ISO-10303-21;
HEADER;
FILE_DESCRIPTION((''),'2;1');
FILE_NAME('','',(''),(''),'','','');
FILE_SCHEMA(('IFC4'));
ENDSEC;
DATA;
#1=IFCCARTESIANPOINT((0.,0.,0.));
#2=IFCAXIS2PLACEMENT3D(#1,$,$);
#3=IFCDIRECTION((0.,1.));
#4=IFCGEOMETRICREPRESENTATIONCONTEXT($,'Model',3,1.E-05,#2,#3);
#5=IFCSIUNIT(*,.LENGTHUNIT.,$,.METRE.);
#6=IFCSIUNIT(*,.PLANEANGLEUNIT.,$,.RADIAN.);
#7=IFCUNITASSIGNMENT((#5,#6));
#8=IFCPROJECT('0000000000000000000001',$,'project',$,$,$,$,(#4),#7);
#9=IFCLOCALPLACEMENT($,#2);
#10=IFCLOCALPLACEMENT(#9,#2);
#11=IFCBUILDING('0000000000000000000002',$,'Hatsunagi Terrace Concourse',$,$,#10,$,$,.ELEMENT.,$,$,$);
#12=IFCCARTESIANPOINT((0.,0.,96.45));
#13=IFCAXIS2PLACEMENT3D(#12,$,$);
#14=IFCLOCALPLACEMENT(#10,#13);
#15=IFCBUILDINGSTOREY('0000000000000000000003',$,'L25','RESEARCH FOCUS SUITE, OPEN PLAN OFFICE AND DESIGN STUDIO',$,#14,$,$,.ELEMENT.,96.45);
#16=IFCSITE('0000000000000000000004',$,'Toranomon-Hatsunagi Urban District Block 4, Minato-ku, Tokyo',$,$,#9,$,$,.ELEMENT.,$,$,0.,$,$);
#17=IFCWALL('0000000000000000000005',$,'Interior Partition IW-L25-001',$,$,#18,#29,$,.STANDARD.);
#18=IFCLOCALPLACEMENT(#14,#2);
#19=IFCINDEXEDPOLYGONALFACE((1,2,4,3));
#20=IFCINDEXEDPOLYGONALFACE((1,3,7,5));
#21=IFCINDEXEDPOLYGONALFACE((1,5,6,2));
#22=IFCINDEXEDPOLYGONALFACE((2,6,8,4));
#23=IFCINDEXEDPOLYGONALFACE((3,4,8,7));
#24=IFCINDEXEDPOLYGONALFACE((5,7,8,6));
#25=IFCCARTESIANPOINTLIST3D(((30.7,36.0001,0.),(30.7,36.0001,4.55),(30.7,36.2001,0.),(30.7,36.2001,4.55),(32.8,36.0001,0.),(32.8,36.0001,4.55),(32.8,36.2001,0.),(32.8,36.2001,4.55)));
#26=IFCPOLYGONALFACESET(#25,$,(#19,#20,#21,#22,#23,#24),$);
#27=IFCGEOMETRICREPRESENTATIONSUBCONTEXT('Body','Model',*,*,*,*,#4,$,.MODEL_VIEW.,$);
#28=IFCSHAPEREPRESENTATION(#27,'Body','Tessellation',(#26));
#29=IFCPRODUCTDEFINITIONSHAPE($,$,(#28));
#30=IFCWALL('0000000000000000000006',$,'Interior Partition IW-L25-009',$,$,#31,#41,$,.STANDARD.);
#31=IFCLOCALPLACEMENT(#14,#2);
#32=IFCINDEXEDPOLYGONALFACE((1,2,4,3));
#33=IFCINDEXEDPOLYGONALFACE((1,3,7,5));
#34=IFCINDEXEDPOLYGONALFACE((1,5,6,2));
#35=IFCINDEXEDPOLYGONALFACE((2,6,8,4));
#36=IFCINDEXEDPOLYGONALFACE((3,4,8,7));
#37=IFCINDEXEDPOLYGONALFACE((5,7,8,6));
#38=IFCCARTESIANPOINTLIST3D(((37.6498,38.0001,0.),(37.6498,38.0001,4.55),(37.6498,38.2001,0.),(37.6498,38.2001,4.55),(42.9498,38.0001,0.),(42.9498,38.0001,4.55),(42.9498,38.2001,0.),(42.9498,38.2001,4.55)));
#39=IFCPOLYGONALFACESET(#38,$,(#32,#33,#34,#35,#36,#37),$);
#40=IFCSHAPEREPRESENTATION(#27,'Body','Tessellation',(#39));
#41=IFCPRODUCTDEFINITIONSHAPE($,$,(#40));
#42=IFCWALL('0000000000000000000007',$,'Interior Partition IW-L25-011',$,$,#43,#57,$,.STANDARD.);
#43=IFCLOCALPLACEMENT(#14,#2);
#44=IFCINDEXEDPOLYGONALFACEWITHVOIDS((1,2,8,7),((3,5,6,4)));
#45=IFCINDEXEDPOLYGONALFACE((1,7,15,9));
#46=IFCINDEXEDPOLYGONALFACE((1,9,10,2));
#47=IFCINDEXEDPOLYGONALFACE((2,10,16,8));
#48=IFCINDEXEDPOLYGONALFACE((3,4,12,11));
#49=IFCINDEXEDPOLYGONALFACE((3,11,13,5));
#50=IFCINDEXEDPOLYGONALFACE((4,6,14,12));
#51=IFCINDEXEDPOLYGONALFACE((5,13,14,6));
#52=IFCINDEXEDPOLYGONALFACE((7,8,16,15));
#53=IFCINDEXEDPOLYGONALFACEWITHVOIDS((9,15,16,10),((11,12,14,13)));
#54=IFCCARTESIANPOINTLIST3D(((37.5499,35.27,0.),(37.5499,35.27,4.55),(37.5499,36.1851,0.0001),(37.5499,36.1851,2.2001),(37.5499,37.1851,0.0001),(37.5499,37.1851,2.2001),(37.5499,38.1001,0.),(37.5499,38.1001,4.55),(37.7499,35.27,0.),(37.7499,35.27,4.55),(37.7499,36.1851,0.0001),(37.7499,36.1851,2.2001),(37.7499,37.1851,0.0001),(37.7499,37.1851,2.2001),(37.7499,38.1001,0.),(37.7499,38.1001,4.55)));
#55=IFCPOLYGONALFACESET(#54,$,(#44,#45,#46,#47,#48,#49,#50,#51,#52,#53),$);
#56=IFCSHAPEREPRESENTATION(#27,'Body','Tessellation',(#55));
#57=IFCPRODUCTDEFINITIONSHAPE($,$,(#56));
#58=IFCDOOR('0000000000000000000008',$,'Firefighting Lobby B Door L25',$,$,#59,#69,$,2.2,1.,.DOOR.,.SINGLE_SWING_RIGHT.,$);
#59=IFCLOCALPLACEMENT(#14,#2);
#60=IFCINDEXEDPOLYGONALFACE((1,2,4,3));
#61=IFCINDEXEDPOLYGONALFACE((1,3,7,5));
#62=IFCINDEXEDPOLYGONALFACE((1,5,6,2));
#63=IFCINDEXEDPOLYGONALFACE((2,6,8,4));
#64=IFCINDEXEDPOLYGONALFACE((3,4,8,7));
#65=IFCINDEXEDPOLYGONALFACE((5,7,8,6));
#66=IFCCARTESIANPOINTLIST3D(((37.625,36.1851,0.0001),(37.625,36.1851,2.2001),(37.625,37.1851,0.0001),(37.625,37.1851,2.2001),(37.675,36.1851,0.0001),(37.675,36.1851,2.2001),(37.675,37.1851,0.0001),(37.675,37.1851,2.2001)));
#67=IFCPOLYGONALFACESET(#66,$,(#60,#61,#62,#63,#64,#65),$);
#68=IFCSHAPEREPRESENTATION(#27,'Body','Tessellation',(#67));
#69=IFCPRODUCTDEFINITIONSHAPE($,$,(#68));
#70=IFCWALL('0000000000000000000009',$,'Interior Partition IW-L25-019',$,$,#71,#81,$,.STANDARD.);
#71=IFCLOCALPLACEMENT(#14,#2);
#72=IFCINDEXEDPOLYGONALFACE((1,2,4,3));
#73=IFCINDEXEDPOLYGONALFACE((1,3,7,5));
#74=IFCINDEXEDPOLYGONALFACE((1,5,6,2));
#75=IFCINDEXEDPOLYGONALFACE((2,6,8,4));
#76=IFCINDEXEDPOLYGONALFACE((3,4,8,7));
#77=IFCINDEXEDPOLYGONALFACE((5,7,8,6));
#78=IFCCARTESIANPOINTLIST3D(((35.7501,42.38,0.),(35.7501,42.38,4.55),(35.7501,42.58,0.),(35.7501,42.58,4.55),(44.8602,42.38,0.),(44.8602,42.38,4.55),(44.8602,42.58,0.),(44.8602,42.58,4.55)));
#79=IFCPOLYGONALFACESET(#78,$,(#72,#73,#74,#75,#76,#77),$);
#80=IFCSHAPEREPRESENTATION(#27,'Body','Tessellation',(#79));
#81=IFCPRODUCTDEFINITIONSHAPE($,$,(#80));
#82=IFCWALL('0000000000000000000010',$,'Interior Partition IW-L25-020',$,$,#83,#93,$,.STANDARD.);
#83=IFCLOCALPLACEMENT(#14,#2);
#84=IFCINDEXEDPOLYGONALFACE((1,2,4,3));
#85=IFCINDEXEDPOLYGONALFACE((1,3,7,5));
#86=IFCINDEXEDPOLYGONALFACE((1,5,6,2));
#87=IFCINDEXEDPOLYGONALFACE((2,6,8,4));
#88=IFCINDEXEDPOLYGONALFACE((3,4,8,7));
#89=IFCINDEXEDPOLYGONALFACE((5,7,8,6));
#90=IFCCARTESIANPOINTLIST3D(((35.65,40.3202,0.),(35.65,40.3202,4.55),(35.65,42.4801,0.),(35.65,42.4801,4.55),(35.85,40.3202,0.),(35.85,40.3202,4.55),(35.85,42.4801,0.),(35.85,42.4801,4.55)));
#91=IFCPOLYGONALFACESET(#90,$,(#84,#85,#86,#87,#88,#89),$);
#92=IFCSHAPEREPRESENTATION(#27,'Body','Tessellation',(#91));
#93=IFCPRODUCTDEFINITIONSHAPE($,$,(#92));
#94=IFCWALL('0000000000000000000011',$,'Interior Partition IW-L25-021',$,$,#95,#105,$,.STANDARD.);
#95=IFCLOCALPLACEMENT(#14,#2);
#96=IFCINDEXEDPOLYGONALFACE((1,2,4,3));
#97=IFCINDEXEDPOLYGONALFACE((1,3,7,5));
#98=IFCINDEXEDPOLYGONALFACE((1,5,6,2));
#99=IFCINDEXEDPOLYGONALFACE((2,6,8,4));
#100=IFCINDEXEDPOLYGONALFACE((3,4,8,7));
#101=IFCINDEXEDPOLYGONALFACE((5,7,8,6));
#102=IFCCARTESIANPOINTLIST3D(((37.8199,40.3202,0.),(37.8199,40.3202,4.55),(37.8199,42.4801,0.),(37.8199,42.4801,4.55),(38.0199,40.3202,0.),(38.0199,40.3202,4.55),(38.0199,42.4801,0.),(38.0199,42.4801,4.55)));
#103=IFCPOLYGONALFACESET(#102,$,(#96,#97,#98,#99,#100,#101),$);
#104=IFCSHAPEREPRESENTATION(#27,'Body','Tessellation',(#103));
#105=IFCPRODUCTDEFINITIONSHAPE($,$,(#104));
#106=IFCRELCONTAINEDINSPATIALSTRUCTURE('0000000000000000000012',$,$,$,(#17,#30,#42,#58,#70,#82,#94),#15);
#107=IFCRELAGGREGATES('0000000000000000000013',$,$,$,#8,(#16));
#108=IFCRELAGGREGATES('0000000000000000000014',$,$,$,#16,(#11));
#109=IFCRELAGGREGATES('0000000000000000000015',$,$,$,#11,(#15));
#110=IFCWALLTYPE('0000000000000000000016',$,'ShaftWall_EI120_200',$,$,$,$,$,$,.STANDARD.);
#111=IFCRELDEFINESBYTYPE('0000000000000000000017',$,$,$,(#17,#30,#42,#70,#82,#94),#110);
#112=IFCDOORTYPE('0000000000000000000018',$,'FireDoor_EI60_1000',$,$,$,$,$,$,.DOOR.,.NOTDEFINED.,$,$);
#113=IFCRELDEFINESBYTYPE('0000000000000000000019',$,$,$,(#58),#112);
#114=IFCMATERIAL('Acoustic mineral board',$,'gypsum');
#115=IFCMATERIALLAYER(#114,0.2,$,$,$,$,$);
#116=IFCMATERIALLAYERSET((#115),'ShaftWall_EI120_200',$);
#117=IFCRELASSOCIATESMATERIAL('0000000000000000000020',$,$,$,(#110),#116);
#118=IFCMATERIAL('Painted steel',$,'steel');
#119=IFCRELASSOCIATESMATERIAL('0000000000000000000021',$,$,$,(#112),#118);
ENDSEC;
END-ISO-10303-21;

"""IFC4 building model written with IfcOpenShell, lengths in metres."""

from ifc_helpers import new_model, si_unit, direction, frame, frame_2d, origin, place, context, subcontext, project, spatial, rectangle, extrude, material, layer, layer_set, type_object, element, fill, save


model = new_model("IFC4")

# Units and contexts
model_context = context("Model", 3, precision=1e-05, world=origin(), true_north=direction((0.0, 1.0)))
body_context = subcontext(model_context, "Body", "Model", "MODEL_VIEW")
ifc_project = project(units=[si_unit("LENGTHUNIT", "METRE"), si_unit("PLANEANGLEUNIT", "RADIAN")], contexts=[model_context])

# Site, building, storey
site_placement = place(None, origin())
site = spatial("IfcSite", under=ifc_project, at=site_placement, Name="Toranomon-Hatsunagi Urban District Block 4, Minato-ku, Tokyo", CompositionType="ELEMENT", RefElevation=0.0)
building_placement = place(site_placement, origin())
building = spatial("IfcBuilding", under=site, at=building_placement, Name="Hatsunagi Terrace Concourse", CompositionType="ELEMENT")
storey_placement = place(building_placement, frame((0.0, 0.0, 96.45)))
storey = spatial("IfcBuildingStorey", under=building, at=storey_placement, Name="L25", Description="RESEARCH FOCUS SUITE, OPEN PLAN OFFICE AND DESIGN STUDIO", CompositionType="ELEMENT", Elevation=96.45)

# Walls
ifc_material_1 = material(Name="Acoustic mineral board", Category="gypsum")
ifc_layer_1 = layer(ifc_material_1, 0.2)
ifc_layer_set_1 = layer_set([ifc_layer_1], Name="ShaftWall_EI120_200")
wall_type_1 = type_object("IfcWallType", Name="ShaftWall_EI120_200", PredefinedType="STANDARD", material=ifc_layer_set_1)
wall_1_placement = place(storey_placement, frame((30.7, 36.1001, 0.0), z_axis=(0.0, 0.0, 1.0), x_axis=(1.0, 0.0, 0.0)))
element("IfcWall", 1, at=wall_1_placement, inside=storey, type_object=wall_type_1, Name="Interior Partition IW-L25-001", PredefinedType="STANDARD", context=body_context, shape_type="SweptSolid", body=[
    extrude(rectangle(XDim=2.1001, YDim=0.2, at=frame_2d((1.05, 0.0))), origin(), (0.0, 0.0, 1.0), 4.55),
])
wall_2_placement = place(storey_placement, frame((37.6499, 38.1001, 0.0), z_axis=(0.0, 0.0, 1.0), x_axis=(1.0, 0.0, 0.0)))
element("IfcWall", 2, at=wall_2_placement, inside=storey, type_object=wall_type_1, Name="Interior Partition IW-L25-009", PredefinedType="STANDARD", context=body_context, shape_type="SweptSolid", body=[
    extrude(rectangle(XDim=5.3, YDim=0.2, at=frame_2d((2.6499, 0.0))), origin(), (0.0, 0.0, 1.0), 4.55),
])

# Wall, opening, door
wall_3_placement = place(storey_placement, frame((37.6499, 35.27, 0.0), z_axis=(0.0, 0.0, 1.0), x_axis=(0.0, 1.0, 0.0)))
wall_3 = element("IfcWall", 3, at=wall_3_placement, inside=storey, type_object=wall_type_1, Name="Interior Partition IW-L25-011", PredefinedType="STANDARD", context=body_context, shape_type="SweptSolid", body=[
    extrude(rectangle(XDim=2.8301, YDim=0.2, at=frame_2d((1.415, 0.0))), origin(), (0.0, 0.0, 1.0), 4.55),
])
opening_1_placement = place(wall_3_placement, frame((0.915, 0.0, 0.0)))
opening_1 = element("IfcOpeningElement", 4, at=opening_1_placement, cuts=wall_3, PredefinedType="OPENING", context=body_context, shape_type="SweptSolid", body=[
    extrude(rectangle(XDim=1.0, YDim=2.2, at=frame_2d((0.5, 1.1001))), frame((0.0, 0.1099, 0.0), z_axis=(0.0, -1.0, 0.0), x_axis=(1.0, 0.0, 0.0)), (0.0, 0.0, 1.0), 0.22),
])
ifc_material_2 = material(Name="Painted steel", Category="steel")
door_type_1 = type_object("IfcDoorType", Name="FireDoor_EI60_1000", OperationType="NOTDEFINED", PredefinedType="DOOR", material=ifc_material_2)
door_1_placement = place(opening_1_placement, origin())
door_1 = element("IfcDoor", 5, at=door_1_placement, inside=storey, type_object=door_type_1, Name="Firefighting Lobby B Door L25", OperationType="SINGLE_SWING_RIGHT", OverallHeight=2.2, OverallWidth=1.0, PredefinedType="DOOR", context=body_context, shape_type="SweptSolid", body=[
    extrude(rectangle(XDim=1.0, YDim=2.2, at=frame_2d((0.5, 1.1001))), frame((0.0, 0.0249, 0.0), z_axis=(0.0, -1.0, 0.0), x_axis=(1.0, 0.0, 0.0)), (0.0, 0.0, 1.0), 0.05),
])
fill(opening_1, door_1)

# Walls
wall_4_placement = place(storey_placement, frame((35.75, 42.48, 0.0), z_axis=(0.0, 0.0, 1.0), x_axis=(1.0, 0.0, 0.0)))
element("IfcWall", 6, at=wall_4_placement, inside=storey, type_object=wall_type_1, Name="Interior Partition IW-L25-019", PredefinedType="STANDARD", context=body_context, shape_type="SweptSolid", body=[
    extrude(rectangle(XDim=9.1101, YDim=0.2, at=frame_2d((4.5552, 0.0))), origin(), (0.0, 0.0, 1.0), 4.55),
])
for number, where, z_axis, x_axis, name in (
    (7, (35.75, 40.3201, 0.0), (0.0, 0.0, 1.0), (0.0, 1.0, 0.0), "Interior Partition IW-L25-020"),
    (8, (37.9199, 40.3201, 0.0), (0.0, 0.0, 1.0), (0.0, 1.0, 0.0), "Interior Partition IW-L25-021"),
):
    element("IfcWall", number, at=place(storey_placement, frame(where, z_axis=z_axis, x_axis=x_axis)), inside=storey, type_object=wall_type_1, Name=name, PredefinedType="STANDARD", context=body_context, shape_type="SweptSolid", body=[
        extrude(rectangle(XDim=2.1599, YDim=0.2, at=frame_2d((1.0801, 0.0))), origin(), (0.0, 0.0, 1.0), 4.55),
    ])

save(model, "model.ifc")
